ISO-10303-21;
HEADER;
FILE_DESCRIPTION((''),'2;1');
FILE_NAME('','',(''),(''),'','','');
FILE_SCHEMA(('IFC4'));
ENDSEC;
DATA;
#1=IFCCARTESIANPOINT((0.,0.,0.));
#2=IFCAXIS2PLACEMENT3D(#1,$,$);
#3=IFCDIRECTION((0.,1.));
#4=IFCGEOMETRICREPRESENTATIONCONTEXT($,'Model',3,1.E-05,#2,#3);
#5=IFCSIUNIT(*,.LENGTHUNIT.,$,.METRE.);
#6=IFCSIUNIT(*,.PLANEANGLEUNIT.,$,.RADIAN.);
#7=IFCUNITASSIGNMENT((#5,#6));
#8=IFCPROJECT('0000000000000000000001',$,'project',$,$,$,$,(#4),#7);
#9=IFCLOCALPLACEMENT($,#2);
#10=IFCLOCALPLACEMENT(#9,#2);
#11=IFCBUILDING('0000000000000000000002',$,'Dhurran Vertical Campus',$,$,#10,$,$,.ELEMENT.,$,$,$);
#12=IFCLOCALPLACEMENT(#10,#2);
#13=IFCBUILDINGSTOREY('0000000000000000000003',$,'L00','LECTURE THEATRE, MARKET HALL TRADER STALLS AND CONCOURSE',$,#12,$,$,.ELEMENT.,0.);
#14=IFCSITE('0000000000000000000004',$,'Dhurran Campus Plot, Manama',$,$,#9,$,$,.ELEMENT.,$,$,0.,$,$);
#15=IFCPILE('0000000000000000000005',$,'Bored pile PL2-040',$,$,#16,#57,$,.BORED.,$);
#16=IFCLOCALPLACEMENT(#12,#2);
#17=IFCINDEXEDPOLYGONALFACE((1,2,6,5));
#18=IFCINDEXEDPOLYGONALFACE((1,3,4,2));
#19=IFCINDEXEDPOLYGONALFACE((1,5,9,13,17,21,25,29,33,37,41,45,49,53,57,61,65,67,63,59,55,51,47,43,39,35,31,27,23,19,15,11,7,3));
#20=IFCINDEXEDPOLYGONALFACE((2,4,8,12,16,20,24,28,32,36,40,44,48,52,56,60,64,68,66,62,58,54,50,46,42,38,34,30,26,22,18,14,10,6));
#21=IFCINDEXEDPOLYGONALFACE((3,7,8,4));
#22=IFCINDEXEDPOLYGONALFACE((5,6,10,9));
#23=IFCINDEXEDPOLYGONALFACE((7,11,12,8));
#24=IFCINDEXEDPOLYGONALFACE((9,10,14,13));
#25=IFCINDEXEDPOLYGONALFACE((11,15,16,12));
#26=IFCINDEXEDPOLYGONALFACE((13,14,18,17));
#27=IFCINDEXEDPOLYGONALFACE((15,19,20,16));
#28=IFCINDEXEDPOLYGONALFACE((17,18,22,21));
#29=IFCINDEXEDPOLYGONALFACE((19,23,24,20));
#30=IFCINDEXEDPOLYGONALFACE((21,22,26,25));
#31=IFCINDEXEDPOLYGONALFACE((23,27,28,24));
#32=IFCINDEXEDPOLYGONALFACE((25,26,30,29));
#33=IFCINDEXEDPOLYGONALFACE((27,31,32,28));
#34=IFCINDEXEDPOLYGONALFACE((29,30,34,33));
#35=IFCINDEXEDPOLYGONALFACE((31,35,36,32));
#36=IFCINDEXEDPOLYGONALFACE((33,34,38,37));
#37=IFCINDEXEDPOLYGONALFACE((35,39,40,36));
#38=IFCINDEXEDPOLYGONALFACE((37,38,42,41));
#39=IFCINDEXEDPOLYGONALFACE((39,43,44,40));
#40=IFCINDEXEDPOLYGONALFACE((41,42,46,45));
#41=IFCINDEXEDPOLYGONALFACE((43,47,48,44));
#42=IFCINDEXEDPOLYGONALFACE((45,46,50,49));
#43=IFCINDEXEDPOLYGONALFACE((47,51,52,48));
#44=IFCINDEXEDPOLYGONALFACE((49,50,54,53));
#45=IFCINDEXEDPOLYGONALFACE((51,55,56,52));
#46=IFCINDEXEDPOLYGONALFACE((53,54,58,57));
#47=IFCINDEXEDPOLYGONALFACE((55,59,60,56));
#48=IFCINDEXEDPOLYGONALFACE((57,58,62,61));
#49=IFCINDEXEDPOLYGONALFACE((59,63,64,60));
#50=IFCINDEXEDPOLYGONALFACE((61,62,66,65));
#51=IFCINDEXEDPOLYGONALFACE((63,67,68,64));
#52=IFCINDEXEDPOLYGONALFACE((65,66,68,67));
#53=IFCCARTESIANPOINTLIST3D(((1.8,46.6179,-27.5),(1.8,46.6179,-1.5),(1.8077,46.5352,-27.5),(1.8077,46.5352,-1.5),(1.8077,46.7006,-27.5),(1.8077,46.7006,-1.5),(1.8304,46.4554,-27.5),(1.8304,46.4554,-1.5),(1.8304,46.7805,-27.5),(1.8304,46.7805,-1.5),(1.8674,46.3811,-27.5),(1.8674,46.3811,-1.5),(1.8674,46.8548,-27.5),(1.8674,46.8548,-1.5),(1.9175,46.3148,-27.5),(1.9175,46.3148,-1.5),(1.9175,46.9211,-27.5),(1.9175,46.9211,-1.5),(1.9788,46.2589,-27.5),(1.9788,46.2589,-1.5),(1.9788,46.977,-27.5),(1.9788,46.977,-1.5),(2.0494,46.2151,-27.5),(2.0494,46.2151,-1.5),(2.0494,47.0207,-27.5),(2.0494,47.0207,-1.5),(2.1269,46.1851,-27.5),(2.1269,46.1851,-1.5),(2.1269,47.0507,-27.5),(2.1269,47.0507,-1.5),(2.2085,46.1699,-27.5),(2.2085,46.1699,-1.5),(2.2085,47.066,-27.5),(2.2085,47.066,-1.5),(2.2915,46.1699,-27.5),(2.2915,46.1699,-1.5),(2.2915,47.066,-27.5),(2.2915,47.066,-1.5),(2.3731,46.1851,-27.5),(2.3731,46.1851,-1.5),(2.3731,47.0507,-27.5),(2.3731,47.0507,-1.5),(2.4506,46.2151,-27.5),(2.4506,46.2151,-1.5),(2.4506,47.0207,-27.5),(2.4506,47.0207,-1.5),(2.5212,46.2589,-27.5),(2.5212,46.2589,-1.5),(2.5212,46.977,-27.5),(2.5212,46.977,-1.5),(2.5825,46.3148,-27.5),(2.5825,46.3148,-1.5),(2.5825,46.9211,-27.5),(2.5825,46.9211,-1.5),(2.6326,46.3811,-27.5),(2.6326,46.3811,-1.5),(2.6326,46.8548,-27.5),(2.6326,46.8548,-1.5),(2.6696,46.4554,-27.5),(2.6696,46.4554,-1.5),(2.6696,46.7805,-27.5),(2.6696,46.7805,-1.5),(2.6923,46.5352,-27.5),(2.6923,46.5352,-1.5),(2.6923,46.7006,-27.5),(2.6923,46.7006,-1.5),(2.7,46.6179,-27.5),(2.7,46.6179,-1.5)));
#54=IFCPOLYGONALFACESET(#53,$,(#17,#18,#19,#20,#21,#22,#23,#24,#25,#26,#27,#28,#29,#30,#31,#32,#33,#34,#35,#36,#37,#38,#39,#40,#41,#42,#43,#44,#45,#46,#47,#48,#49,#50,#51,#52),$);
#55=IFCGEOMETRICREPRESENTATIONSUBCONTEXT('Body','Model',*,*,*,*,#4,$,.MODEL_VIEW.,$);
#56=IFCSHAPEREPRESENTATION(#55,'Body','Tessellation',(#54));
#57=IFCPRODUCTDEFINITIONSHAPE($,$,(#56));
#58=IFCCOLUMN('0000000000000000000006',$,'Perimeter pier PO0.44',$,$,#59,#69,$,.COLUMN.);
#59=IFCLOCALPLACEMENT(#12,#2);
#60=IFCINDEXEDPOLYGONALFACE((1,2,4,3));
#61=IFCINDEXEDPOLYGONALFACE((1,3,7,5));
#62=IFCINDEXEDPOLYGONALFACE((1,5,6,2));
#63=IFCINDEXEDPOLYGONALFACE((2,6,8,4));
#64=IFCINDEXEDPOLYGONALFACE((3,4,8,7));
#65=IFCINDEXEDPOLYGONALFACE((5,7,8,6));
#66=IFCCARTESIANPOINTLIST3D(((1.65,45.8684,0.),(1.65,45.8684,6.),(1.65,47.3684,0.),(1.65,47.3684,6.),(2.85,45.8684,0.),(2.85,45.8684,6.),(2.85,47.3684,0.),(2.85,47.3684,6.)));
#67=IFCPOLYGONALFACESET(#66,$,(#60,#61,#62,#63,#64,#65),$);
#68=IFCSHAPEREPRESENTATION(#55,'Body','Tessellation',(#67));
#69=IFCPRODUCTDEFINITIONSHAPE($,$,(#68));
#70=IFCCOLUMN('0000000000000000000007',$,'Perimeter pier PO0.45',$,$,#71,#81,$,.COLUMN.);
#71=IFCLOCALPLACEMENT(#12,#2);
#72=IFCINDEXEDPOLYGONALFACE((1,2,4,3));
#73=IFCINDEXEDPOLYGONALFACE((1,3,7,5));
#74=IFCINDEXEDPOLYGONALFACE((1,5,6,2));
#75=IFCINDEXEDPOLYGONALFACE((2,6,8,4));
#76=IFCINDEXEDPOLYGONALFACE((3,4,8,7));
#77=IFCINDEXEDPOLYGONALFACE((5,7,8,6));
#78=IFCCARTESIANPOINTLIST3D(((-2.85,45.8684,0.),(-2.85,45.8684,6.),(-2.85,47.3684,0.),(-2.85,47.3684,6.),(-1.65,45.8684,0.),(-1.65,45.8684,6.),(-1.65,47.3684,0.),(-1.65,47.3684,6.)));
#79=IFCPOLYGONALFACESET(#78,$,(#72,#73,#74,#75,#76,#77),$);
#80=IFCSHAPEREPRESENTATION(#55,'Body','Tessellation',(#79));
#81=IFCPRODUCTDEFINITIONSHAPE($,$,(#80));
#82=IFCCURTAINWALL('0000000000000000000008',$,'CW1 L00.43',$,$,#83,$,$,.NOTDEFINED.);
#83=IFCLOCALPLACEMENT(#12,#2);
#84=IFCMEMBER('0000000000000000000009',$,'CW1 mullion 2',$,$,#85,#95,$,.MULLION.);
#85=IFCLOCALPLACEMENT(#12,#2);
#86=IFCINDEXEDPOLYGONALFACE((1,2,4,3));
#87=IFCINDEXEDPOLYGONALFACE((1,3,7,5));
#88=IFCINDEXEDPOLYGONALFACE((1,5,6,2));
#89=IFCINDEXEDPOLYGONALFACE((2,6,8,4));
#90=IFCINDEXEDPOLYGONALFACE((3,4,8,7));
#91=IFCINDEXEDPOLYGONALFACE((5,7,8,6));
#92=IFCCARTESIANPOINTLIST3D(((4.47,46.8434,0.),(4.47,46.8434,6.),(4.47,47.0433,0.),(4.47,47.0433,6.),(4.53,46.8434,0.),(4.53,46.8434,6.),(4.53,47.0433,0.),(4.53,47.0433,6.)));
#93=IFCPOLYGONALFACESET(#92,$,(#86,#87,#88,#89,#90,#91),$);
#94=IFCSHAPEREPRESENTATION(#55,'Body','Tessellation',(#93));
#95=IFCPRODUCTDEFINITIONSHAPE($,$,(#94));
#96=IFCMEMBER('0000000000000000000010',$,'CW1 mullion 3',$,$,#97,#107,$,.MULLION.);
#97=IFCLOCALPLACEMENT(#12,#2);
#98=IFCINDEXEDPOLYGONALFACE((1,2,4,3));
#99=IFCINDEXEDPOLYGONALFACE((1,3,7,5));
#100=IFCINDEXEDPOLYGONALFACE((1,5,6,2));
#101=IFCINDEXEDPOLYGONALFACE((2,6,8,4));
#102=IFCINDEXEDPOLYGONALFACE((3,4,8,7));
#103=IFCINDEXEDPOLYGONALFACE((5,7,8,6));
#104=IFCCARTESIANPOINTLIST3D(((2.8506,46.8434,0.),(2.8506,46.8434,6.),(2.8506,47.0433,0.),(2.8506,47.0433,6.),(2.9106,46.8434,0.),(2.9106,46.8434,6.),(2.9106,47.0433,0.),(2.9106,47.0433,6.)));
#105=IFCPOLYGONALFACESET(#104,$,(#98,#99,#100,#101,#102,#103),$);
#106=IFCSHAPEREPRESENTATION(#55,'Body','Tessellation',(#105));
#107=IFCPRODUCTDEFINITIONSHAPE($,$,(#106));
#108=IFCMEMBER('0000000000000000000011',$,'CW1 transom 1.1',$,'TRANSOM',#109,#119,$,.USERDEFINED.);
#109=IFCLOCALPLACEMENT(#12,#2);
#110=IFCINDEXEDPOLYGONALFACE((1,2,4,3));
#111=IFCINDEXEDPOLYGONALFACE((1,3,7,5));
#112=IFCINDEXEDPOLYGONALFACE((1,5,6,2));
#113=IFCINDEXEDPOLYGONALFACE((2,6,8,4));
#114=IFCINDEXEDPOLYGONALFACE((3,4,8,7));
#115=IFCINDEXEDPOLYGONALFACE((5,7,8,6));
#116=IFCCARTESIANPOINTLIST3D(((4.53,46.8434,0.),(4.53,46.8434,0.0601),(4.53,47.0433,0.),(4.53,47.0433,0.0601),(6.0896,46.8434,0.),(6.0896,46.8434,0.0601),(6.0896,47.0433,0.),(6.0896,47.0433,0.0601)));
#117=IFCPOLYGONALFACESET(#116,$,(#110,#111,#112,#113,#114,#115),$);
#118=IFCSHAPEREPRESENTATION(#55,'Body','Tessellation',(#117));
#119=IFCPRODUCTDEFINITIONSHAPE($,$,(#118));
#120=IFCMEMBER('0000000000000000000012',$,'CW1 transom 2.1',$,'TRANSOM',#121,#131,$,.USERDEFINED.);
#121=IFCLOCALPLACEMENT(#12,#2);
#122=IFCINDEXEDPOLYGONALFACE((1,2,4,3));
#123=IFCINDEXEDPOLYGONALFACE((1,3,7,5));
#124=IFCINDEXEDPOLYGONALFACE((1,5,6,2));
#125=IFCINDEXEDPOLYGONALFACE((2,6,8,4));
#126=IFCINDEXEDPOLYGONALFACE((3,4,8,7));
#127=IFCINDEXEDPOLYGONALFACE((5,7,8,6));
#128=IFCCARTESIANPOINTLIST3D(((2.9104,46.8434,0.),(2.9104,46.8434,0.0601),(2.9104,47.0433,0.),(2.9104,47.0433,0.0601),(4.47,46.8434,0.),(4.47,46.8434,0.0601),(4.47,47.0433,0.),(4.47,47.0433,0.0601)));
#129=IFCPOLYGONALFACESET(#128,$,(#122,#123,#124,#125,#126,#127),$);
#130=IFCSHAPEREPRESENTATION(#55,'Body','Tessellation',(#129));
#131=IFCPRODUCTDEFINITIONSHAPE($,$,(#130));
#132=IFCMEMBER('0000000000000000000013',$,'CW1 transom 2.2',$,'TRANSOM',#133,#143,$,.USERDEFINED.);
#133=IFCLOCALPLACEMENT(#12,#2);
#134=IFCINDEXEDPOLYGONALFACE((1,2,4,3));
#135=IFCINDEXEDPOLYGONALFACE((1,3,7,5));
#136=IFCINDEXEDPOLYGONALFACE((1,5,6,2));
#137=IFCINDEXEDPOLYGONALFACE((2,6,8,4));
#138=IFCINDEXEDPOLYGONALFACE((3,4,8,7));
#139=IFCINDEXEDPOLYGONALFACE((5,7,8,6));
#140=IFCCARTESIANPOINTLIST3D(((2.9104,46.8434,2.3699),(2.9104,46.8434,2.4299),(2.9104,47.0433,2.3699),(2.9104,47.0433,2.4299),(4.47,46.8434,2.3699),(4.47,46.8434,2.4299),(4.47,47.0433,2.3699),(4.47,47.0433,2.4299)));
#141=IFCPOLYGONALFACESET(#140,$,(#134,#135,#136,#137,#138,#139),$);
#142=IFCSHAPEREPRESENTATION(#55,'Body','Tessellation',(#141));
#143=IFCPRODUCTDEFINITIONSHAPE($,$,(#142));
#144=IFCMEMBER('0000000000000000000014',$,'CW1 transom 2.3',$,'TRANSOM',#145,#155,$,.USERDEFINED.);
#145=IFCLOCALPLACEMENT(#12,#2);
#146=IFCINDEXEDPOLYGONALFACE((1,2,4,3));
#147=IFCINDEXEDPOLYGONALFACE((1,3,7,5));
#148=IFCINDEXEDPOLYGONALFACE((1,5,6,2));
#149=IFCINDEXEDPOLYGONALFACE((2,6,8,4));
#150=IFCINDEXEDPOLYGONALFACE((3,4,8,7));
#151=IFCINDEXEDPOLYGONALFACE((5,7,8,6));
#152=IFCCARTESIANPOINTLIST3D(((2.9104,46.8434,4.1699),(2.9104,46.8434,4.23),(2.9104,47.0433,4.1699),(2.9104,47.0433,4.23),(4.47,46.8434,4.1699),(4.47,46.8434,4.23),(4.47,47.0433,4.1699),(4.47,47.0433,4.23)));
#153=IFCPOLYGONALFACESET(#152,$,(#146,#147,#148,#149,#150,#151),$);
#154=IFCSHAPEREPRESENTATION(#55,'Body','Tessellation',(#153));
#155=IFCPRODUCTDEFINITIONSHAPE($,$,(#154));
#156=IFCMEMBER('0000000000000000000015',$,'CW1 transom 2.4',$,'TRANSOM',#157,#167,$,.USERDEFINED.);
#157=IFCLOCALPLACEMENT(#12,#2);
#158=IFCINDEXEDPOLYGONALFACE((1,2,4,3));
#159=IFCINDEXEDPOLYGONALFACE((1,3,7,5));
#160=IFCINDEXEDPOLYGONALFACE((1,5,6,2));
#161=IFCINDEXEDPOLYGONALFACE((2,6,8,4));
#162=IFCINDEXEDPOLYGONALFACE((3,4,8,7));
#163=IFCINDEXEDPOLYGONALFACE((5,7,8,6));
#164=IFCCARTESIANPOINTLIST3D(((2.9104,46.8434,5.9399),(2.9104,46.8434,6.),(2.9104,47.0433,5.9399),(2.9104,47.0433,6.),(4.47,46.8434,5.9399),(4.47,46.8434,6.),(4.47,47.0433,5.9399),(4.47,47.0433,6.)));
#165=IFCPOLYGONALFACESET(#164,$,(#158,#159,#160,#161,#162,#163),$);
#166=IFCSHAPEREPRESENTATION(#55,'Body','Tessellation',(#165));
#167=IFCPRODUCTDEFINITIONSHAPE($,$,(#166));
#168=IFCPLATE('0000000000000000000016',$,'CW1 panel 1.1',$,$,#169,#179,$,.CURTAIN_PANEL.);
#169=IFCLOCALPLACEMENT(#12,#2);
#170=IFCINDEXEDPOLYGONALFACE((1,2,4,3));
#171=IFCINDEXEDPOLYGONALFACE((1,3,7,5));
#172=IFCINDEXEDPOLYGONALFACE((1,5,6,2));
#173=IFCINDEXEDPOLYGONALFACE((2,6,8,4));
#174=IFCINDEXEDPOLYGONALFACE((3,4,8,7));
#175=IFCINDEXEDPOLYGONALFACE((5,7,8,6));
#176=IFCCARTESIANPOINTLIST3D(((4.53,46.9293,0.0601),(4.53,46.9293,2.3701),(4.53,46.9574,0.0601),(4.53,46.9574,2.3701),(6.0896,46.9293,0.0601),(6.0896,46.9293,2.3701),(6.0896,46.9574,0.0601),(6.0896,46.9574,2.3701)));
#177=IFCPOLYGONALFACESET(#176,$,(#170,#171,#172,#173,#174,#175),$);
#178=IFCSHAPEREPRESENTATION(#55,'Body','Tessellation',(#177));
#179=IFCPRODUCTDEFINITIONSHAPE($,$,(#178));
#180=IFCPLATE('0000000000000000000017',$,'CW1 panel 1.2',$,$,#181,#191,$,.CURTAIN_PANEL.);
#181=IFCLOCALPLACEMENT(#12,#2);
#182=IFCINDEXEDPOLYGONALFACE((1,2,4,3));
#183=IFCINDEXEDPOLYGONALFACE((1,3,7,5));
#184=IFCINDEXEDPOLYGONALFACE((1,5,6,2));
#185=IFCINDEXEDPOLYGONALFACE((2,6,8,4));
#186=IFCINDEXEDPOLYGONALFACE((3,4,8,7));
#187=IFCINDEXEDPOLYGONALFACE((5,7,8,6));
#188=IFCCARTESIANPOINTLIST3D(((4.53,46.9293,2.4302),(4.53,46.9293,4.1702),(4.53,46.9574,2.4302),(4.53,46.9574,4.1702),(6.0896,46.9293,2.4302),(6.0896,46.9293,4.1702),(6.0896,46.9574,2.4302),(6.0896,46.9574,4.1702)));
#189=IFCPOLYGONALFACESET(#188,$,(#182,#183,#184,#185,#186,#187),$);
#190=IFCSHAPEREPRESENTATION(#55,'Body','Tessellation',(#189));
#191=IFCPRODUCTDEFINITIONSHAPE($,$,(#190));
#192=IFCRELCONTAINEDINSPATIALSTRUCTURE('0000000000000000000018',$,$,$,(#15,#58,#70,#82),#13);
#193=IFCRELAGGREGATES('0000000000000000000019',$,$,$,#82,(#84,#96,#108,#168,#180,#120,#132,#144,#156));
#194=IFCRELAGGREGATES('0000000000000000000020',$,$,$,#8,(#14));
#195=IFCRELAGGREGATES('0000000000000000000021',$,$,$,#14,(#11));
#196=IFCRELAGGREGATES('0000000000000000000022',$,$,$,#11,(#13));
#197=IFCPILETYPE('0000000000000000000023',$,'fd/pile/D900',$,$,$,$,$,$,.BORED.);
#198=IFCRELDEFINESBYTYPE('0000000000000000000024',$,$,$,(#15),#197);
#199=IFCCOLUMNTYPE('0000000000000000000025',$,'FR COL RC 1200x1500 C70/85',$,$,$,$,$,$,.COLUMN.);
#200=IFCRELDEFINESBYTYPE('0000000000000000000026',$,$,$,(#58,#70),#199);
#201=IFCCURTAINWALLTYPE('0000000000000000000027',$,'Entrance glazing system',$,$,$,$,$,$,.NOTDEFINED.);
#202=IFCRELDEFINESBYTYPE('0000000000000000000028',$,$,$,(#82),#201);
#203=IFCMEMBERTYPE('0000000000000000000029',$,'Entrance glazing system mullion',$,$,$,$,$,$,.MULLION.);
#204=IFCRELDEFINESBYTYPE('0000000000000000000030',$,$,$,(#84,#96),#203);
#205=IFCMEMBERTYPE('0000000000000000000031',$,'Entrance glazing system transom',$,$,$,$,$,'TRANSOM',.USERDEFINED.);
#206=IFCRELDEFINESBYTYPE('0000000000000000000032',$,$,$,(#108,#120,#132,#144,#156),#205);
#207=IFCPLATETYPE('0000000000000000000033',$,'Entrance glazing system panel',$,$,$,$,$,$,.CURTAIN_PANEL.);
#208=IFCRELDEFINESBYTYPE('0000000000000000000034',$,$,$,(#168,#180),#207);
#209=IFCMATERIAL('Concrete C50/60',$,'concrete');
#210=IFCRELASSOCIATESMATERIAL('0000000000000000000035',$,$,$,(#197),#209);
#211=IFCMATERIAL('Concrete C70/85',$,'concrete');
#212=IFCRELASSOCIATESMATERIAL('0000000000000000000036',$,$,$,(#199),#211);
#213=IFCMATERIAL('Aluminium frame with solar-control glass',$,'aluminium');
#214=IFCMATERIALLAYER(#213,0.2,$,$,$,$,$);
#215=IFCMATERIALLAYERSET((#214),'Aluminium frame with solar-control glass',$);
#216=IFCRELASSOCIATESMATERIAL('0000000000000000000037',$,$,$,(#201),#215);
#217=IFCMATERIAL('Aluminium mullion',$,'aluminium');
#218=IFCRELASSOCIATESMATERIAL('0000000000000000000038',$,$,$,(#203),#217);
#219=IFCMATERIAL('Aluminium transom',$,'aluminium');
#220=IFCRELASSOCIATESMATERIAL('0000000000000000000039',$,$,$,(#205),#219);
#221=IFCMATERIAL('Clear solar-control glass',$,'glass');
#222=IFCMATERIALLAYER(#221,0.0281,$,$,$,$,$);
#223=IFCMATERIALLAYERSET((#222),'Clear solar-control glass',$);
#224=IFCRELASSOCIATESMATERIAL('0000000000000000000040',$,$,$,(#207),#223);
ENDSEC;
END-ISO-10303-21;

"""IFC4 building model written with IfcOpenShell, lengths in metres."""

from ifc_helpers import new_model, si_unit, direction, frame, origin, origin_2d, place, context, subcontext, project, spatial, rectangle, circle, extrude, material, layer, layer_set, material_profile, profile_set, type_object, element, aggregate, save


model = new_model("IFC4")

# Units and contexts
model_context = context("Model", 3, precision=1e-05, world=origin(), true_north=direction((0.0, 1.0)))
body_context = subcontext(model_context, "Body", "Model", "MODEL_VIEW")
ifc_project = project(units=[si_unit("LENGTHUNIT", "METRE"), si_unit("PLANEANGLEUNIT", "RADIAN")], contexts=[model_context])

# Site, building, storey
site_placement = place(None, origin())
site = spatial("IfcSite", under=ifc_project, at=site_placement, Name="Dhurran Campus Plot, Manama", CompositionType="ELEMENT", RefElevation=0.0)
building_placement = place(site_placement, origin())
building = spatial("IfcBuilding", under=site, at=building_placement, Name="Dhurran Vertical Campus", CompositionType="ELEMENT")
storey_placement = place(building_placement, origin())
storey = spatial("IfcBuildingStorey", under=building, at=storey_placement, Name="L00", Description="LECTURE THEATRE, MARKET HALL TRADER STALLS AND CONCOURSE", CompositionType="ELEMENT", Elevation=0.0)

# Pile
ifc_material_1 = material(Name="Concrete C50/60", Category="concrete")
ifc_material_profile_1 = material_profile(ifc_material_1, circle(Radius=0.45, at=origin_2d()), Name="fd/pile/D900")
ifc_profile_set_1 = profile_set([ifc_material_profile_1], Name="Concrete C50/60")
pile_type = type_object("IfcPileType", Name="fd/pile/D900", PredefinedType="BORED", material=ifc_profile_set_1)
pile_placement = place(storey_placement, frame((2.25, 46.6179, -1.5), z_axis=(0.0, 0.0, -1.0), x_axis=(1.0, 0.0, 0.0)))
element("IfcPile", 1, at=pile_placement, inside=storey, type_object=pile_type, Name="Bored pile PL2-040", PredefinedType="BORED", context=body_context, shape_type="SweptSolid", body=[
    extrude(circle(Radius=0.45, at=origin_2d()), origin(), (0.0, 0.0, 1.0), 26.0),
])

# Columns
ifc_material_2 = material(Name="Concrete C70/85", Category="concrete")
ifc_material_profile_2 = material_profile(ifc_material_2, rectangle(XDim=1.2, YDim=1.5, at=origin_2d()), Name="RC 1200x1500")
ifc_profile_set_2 = profile_set([ifc_material_profile_2], Name="Concrete C70/85")
column_type = type_object("IfcColumnType", Name="FR COL RC 1200x1500 C70/85", PredefinedType="COLUMN", material=ifc_profile_set_2)
for number, where, z_axis, x_axis, name in (
    (2, (2.25, 46.6184, 0.0), (0.0, 0.0, 1.0), (-1.0, 0.0, 0.0), "Perimeter pier PO0.44"),
    (3, (-2.25, 46.6184, 0.0), (0.0, 0.0, 1.0), (-1.0, 0.0, 0.0), "Perimeter pier PO0.45"),
):
    element("IfcColumn", number, at=place(storey_placement, frame(where, z_axis=z_axis, x_axis=x_axis)), inside=storey, type_object=column_type, Name=name, PredefinedType="COLUMN", context=body_context, shape_type="SweptSolid", body=[
        extrude(rectangle(XDim=1.2, YDim=1.5, at=origin_2d()), origin(), (0.0, 0.0, 1.0), 6.0),
    ])

# Curtain wall, members, plates
ifc_material_3 = material(Name="Aluminium frame with solar-control glass", Category="aluminium")
ifc_layer_1 = layer(ifc_material_3, 0.2)
ifc_layer_set_1 = layer_set([ifc_layer_1], Name="Aluminium frame with solar-control glass")
curtain_wall_type = type_object("IfcCurtainWallType", Name="Entrance glazing system", PredefinedType="NOTDEFINED", material=ifc_layer_set_1)
curtain_wall_placement = place(storey_placement, origin())
curtain_wall = element("IfcCurtainWall", 4, at=curtain_wall_placement, inside=storey, type_object=curtain_wall_type, Name="CW1 L00.43", PredefinedType="NOTDEFINED")
ifc_material_4 = material(Name="Aluminium mullion", Category="aluminium")
ifc_material_profile_3 = material_profile(ifc_material_4, rectangle(XDim=0.2, YDim=0.0601, at=origin_2d()), Name="Entrance glazing system mullion")
ifc_profile_set_3 = profile_set([ifc_material_profile_3], Name="Aluminium mullion")
member_type_1 = type_object("IfcMemberType", Name="Entrance glazing system mullion", PredefinedType="MULLION", material=ifc_profile_set_3)
member_1_placement = place(storey_placement, frame((4.5, 46.9434, 0.0), z_axis=(0.0, 0.0, 1.0), x_axis=(0.0, -1.0, 0.0)))
member_1 = element("IfcMember", 5, at=member_1_placement, type_object=member_type_1, Name="CW1 mullion 2", PredefinedType="MULLION", context=body_context, shape_type="SweptSolid", body=[
    extrude(rectangle(XDim=0.2, YDim=0.0601, at=origin_2d()), origin(), (0.0, 0.0, 1.0), 6.0),
])
member_2_placement = place(storey_placement, frame((2.8806, 46.9434, 0.0), z_axis=(0.0, 0.0, 1.0), x_axis=(0.0, -1.0, 0.0)))
member_2 = element("IfcMember", 6, at=member_2_placement, type_object=member_type_1, Name="CW1 mullion 3", PredefinedType="MULLION", context=body_context, shape_type="SweptSolid", body=[
    extrude(rectangle(XDim=0.2, YDim=0.0601, at=origin_2d()), origin(), (0.0, 0.0, 1.0), 6.0),
])
ifc_material_5 = material(Name="Aluminium transom", Category="aluminium")
ifc_material_profile_4 = material_profile(ifc_material_5, rectangle(XDim=0.2, YDim=0.0601, at=origin_2d()), Name="Entrance glazing system transom")
ifc_profile_set_4 = profile_set([ifc_material_profile_4], Name="Aluminium transom")
member_type_2 = type_object("IfcMemberType", Name="Entrance glazing system transom", ElementType="TRANSOM", PredefinedType="USERDEFINED", material=ifc_profile_set_4)
member_3_placement = place(storey_placement, frame((6.0896, 46.9434, 0.03), z_axis=(-1.0, 0.0, 0.0), x_axis=(0.0, -1.0, 0.0)))
member_3 = element("IfcMember", 7, at=member_3_placement, type_object=member_type_2, Name="CW1 transom 1.1", ObjectType="TRANSOM", PredefinedType="USERDEFINED", context=body_context, shape_type="SweptSolid", body=[
    extrude(rectangle(XDim=0.2, YDim=0.0601, at=origin_2d()), origin(), (0.0, 0.0, 1.0), 1.5596),
])
member_4_placement = place(storey_placement, frame((4.47, 46.9434, 0.03), z_axis=(-1.0, 0.0, 0.0), x_axis=(0.0, -1.0, 0.0)))
member_4 = element("IfcMember", 8, at=member_4_placement, type_object=member_type_2, Name="CW1 transom 2.1", ObjectType="TRANSOM", PredefinedType="USERDEFINED", context=body_context, shape_type="SweptSolid", body=[
    extrude(rectangle(XDim=0.2, YDim=0.0601, at=origin_2d()), origin(), (0.0, 0.0, 1.0), 1.5596),
])
member_5_placement = place(storey_placement, frame((4.47, 46.9434, 2.3999), z_axis=(-1.0, 0.0, 0.0), x_axis=(0.0, -1.0, 0.0)))
member_5 = element("IfcMember", 9, at=member_5_placement, type_object=member_type_2, Name="CW1 transom 2.2", ObjectType="TRANSOM", PredefinedType="USERDEFINED", context=body_context, shape_type="SweptSolid", body=[
    extrude(rectangle(XDim=0.2, YDim=0.0601, at=origin_2d()), origin(), (0.0, 0.0, 1.0), 1.5596),
])
member_6_placement = place(storey_placement, frame((4.47, 46.9434, 4.2), z_axis=(-1.0, 0.0, 0.0), x_axis=(0.0, -1.0, 0.0)))
member_6 = element("IfcMember", 10, at=member_6_placement, type_object=member_type_2, Name="CW1 transom 2.3", ObjectType="TRANSOM", PredefinedType="USERDEFINED", context=body_context, shape_type="SweptSolid", body=[
    extrude(rectangle(XDim=0.2, YDim=0.0601, at=origin_2d()), origin(), (0.0, 0.0, 1.0), 1.5596),
])
member_7_placement = place(storey_placement, frame((4.47, 46.9434, 5.97), z_axis=(-1.0, 0.0, 0.0), x_axis=(0.0, -1.0, 0.0)))
member_7 = element("IfcMember", 11, at=member_7_placement, type_object=member_type_2, Name="CW1 transom 2.4", ObjectType="TRANSOM", PredefinedType="USERDEFINED", context=body_context, shape_type="SweptSolid", body=[
    extrude(rectangle(XDim=0.2, YDim=0.0601, at=origin_2d()), origin(), (0.0, 0.0, 1.0), 1.5596),
])
ifc_material_6 = material(Name="Clear solar-control glass", Category="glass")
ifc_layer_2 = layer(ifc_material_6, 0.0281)
ifc_layer_set_2 = layer_set([ifc_layer_2], Name="Clear solar-control glass")
plate_type = type_object("IfcPlateType", Name="Entrance glazing system panel", PredefinedType="CURTAIN_PANEL", material=ifc_layer_set_2)
plate_1_placement = place(storey_placement, frame((5.3098, 46.9434, 0.0601), z_axis=(0.0, 0.0, 1.0), x_axis=(-1.0, 0.0, 0.0)))
plate_1 = element("IfcPlate", 12, at=plate_1_placement, type_object=plate_type, Name="CW1 panel 1.1", PredefinedType="CURTAIN_PANEL", context=body_context, shape_type="SweptSolid", body=[
    extrude(rectangle(XDim=1.5596, YDim=0.0281, at=origin_2d()), origin(), (0.0, 0.0, 1.0), 2.3101),
])
plate_2_placement = place(storey_placement, frame((5.3098, 46.9434, 2.4302), z_axis=(0.0, 0.0, 1.0), x_axis=(-1.0, 0.0, 0.0)))
plate_2 = element("IfcPlate", 13, at=plate_2_placement, type_object=plate_type, Name="CW1 panel 1.2", PredefinedType="CURTAIN_PANEL", context=body_context, shape_type="SweptSolid", body=[
    extrude(rectangle(XDim=1.5596, YDim=0.0281, at=origin_2d()), origin(), (0.0, 0.0, 1.0), 1.74),
])
aggregate(curtain_wall, [member_1, member_2, member_3, plate_1, plate_2, member_4, member_5, member_6, member_7])

save(model, "model.ifc")
